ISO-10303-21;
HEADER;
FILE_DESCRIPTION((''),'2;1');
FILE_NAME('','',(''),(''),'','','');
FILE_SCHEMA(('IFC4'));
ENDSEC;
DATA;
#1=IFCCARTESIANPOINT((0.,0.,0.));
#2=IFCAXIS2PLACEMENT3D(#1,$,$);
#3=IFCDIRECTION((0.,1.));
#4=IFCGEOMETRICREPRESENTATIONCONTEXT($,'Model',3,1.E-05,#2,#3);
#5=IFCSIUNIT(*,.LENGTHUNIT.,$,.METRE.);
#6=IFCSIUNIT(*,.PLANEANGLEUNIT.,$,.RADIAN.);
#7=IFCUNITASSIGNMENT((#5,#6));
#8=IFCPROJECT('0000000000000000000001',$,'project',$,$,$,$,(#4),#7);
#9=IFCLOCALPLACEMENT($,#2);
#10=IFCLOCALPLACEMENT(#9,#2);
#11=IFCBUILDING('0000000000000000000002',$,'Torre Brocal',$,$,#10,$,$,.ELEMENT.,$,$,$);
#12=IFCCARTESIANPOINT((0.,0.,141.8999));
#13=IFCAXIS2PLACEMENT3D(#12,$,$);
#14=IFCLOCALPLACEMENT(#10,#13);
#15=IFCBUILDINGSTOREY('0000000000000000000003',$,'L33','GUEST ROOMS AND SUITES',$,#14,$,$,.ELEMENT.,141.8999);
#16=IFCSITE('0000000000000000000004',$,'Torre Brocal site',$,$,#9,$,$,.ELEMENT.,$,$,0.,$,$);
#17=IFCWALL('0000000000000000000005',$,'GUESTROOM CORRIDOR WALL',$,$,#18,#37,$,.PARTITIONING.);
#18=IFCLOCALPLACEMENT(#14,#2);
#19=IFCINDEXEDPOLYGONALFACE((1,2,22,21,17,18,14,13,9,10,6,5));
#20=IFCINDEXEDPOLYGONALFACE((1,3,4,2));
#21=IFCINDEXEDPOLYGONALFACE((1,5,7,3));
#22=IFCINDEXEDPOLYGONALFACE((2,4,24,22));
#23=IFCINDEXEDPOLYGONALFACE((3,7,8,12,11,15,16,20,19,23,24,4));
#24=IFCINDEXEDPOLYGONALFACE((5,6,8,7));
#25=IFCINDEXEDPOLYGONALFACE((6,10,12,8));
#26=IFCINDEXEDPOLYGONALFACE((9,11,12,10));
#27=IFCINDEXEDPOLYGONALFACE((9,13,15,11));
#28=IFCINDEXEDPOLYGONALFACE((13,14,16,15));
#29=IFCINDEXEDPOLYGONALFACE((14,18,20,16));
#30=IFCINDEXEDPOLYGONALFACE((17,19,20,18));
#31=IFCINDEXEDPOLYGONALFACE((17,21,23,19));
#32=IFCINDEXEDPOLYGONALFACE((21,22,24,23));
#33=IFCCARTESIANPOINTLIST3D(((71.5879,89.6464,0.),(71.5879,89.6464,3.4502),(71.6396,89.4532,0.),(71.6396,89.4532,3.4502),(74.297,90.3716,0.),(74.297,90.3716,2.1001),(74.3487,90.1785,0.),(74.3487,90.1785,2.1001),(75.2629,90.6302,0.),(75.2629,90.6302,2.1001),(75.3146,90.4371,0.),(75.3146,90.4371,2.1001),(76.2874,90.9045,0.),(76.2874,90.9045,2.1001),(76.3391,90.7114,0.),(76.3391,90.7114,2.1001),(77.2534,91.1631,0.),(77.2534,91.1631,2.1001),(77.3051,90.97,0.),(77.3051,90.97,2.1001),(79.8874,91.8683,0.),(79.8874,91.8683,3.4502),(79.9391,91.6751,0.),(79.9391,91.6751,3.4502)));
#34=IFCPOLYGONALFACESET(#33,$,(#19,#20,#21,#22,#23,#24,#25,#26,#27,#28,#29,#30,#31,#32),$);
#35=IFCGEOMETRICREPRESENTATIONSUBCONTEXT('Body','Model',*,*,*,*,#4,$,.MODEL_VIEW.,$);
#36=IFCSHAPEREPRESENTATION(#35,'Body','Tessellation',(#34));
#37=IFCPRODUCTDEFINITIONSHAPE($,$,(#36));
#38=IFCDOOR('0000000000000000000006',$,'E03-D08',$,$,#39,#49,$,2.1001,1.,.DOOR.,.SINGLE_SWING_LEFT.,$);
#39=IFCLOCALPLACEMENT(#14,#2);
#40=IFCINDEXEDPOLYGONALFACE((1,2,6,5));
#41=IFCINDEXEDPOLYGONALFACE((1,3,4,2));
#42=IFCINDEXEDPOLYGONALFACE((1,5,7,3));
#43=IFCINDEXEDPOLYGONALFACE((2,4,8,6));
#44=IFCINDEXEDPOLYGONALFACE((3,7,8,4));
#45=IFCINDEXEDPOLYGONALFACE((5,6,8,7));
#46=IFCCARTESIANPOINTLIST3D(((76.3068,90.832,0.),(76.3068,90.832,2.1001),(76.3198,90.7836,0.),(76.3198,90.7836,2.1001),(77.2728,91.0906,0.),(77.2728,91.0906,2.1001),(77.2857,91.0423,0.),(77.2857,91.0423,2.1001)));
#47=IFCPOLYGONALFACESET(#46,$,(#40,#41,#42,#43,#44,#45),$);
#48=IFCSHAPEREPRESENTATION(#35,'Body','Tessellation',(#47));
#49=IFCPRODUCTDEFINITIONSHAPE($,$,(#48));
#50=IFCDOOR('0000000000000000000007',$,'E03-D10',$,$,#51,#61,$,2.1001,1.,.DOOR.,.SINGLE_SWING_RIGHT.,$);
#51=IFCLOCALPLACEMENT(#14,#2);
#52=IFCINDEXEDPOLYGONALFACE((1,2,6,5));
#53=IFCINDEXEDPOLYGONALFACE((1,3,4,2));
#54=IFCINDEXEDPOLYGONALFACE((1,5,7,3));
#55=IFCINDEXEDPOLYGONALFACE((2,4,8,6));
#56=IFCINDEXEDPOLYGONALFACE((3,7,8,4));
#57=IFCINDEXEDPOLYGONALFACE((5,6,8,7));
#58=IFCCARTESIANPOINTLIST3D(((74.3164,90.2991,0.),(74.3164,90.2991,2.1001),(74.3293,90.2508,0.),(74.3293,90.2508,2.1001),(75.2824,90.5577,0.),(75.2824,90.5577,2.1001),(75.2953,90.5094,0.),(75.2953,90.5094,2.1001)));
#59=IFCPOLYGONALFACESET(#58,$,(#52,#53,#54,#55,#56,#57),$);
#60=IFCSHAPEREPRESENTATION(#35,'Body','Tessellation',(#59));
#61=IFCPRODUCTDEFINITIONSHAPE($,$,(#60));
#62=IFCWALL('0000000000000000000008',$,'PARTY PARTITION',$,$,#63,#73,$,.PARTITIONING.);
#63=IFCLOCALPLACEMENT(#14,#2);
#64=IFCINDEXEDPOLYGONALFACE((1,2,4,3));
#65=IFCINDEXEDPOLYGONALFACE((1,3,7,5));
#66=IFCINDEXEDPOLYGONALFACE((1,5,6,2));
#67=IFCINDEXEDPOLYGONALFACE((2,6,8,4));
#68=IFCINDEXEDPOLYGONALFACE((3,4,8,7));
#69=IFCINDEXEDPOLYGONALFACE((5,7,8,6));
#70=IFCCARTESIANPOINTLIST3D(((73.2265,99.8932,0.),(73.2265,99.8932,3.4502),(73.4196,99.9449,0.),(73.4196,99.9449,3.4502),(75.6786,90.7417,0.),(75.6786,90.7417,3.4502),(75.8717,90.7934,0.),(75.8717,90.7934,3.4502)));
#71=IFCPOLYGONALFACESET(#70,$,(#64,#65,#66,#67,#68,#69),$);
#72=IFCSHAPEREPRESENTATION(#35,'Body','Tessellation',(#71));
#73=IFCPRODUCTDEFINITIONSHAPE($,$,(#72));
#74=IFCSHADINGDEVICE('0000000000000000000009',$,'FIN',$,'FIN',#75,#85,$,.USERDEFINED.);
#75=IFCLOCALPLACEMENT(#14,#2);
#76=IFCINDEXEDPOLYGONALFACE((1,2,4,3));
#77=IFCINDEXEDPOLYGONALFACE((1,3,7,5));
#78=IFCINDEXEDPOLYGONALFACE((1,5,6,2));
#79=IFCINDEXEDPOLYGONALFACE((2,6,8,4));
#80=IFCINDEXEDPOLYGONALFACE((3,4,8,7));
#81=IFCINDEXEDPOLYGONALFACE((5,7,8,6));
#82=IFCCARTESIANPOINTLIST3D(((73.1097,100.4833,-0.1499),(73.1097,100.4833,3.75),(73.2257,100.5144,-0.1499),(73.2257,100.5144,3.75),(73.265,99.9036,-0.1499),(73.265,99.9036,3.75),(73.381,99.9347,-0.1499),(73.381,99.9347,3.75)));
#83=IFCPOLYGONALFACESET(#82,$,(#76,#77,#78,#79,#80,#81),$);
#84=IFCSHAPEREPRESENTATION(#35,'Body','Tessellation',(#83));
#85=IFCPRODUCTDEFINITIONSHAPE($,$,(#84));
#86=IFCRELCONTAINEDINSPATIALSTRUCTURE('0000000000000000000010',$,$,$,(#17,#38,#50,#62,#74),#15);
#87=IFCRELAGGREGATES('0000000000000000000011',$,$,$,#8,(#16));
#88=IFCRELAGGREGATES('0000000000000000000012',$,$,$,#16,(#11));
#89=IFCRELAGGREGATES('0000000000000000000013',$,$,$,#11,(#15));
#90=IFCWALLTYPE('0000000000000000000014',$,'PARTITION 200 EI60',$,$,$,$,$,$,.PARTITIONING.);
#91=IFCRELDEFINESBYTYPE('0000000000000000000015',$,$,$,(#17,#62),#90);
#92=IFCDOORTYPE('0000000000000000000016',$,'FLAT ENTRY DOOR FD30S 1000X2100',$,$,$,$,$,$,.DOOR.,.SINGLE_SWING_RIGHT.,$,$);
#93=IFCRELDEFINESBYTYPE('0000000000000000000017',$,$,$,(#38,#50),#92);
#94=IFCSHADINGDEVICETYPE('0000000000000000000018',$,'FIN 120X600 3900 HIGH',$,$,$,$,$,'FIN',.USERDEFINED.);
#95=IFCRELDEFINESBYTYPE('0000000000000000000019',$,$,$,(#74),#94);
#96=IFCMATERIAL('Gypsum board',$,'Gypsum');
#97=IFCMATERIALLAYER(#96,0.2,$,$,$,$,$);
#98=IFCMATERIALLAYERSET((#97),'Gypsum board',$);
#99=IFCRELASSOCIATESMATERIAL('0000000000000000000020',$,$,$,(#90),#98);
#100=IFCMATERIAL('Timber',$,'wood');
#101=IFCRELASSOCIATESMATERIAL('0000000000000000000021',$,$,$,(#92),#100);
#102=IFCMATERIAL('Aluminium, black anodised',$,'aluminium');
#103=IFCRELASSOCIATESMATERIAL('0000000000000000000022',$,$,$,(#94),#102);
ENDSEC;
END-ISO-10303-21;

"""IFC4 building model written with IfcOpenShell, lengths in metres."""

from ifc_helpers import new_model, si_unit, direction, frame, frame_2d, origin, origin_2d, place, context, subcontext, project, spatial, rectangle, extrude, material, layer, layer_set, material_profile, profile_set, type_object, element, fill, save


model = new_model("IFC4")

# Units and contexts
model_context = context("Model", 3, precision=1e-05, world=origin(), true_north=direction((0.0, 1.0)))
body_context = subcontext(model_context, "Body", "Model", "MODEL_VIEW")
ifc_project = project(units=[si_unit("LENGTHUNIT", "METRE"), si_unit("PLANEANGLEUNIT", "RADIAN")], contexts=[model_context])

# Site, building, storey
site_placement = place(None, origin())
site = spatial("IfcSite", under=ifc_project, at=site_placement, Name="Torre Brocal site", CompositionType="ELEMENT", RefElevation=0.0)
building_placement = place(site_placement, origin())
building = spatial("IfcBuilding", under=site, at=building_placement, Name="Torre Brocal", CompositionType="ELEMENT")
storey_placement = place(building_placement, frame((0.0, 0.0, 141.8999)))
storey = spatial("IfcBuildingStorey", under=building, at=storey_placement, Name="L33", Description="GUEST ROOMS AND SUITES", CompositionType="ELEMENT", Elevation=141.8999)

# Wall, openings, doors
ifc_material_1 = material(Name="Gypsum board", Category="Gypsum")
ifc_layer_1 = layer(ifc_material_1, 0.2)
ifc_layer_set_1 = layer_set([ifc_layer_1], Name="Gypsum board")
wall_type_1 = type_object("IfcWallType", Name="PARTITION 200 EI60", PredefinedType="PARTITIONING", material=ifc_layer_set_1)
wall_1_placement = place(storey_placement, frame((71.6138, 89.5498, 0.0), z_axis=(0.0, 0.0, 1.0), x_axis=(0.965982, 0.258609, 0.0)))
wall_1 = element("IfcWall", 1, at=wall_1_placement, inside=storey, type_object=wall_type_1, Name="GUESTROOM CORRIDOR WALL", PredefinedType="PARTITIONING", context=body_context, shape_type="SweptSolid", body=[
    extrude(rectangle(XDim=8.5918, YDim=0.2, at=frame_2d((4.2959, 0.0))), origin(), (0.0, 0.0, 1.0), 3.4502),
])
opening_1_placement = place(wall_1_placement, frame((4.865, 0.0, 0.0)))
opening_1 = element("IfcOpeningElement", 2, at=opening_1_placement, cuts=wall_1, PredefinedType="OPENING", context=body_context, shape_type="SweptSolid", body=[
    extrude(rectangle(XDim=1.0, YDim=2.1001, at=frame_2d((0.5, 1.05))), frame((0.0, 0.1099, 0.0), z_axis=(0.0, -1.0, 0.0), x_axis=(1.0, 0.0, 0.0)), (0.0, 0.0, 1.0), 0.22),
])
opening_2_placement = place(wall_1_placement, frame((2.8044, 0.0, 0.0)))
opening_2 = element("IfcOpeningElement", 3, at=opening_2_placement, cuts=wall_1, PredefinedType="OPENING", context=body_context, shape_type="SweptSolid", body=[
    extrude(rectangle(XDim=1.0, YDim=2.1001, at=frame_2d((0.5, 1.05))), frame((0.0, 0.1099, 0.0), z_axis=(0.0, -1.0, 0.0), x_axis=(1.0, 0.0, 0.0)), (0.0, 0.0, 1.0), 0.22),
])
ifc_material_2 = material(Name="Timber", Category="wood")
door_type_1 = type_object("IfcDoorType", Name="FLAT ENTRY DOOR FD30S 1000X2100", OperationType="SINGLE_SWING_RIGHT", PredefinedType="DOOR", material=ifc_material_2)
door_1_placement = place(opening_1_placement, origin())
door_1 = element("IfcDoor", 4, at=door_1_placement, inside=storey, type_object=door_type_1, Name="E03-D08", OperationType="SINGLE_SWING_LEFT", OverallHeight=2.1001, OverallWidth=1.0, PredefinedType="DOOR", context=body_context, shape_type="SweptSolid", body=[
    extrude(rectangle(XDim=1.0, YDim=2.1001, at=frame_2d((0.5, 1.05))), frame((0.0, 0.0249, 0.0), z_axis=(0.0, -1.0, 0.0), x_axis=(1.0, 0.0, 0.0)), (0.0, 0.0, 1.0), 0.05),
])
fill(opening_1, door_1)
door_2_placement = place(opening_2_placement, origin())
door_2 = element("IfcDoor", 5, at=door_2_placement, inside=storey, type_object=door_type_1, Name="E03-D10", OperationType="SINGLE_SWING_RIGHT", OverallHeight=2.1001, OverallWidth=1.0, PredefinedType="DOOR", context=body_context, shape_type="SweptSolid", body=[
    extrude(rectangle(XDim=1.0, YDim=2.1001, at=frame_2d((0.5, 1.05))), frame((0.0, 0.0249, 0.0), z_axis=(0.0, -1.0, 0.0), x_axis=(1.0, 0.0, 0.0)), (0.0, 0.0, 1.0), 0.05),
])
fill(opening_2, door_2)

# Wall
wall_2_placement = place(storey_placement, frame((73.323, 99.9192, 0.0), z_axis=(0.0, 0.0, 1.0), x_axis=(0.258817, -0.965926, 0.0)))
element("IfcWall", 6, at=wall_2_placement, inside=storey, type_object=wall_type_1, Name="PARTY PARTITION", PredefinedType="PARTITIONING", context=body_context, shape_type="SweptSolid", body=[
    extrude(rectangle(XDim=9.4744, YDim=0.2, at=frame_2d((4.7373, 0.0))), origin(), (0.0, 0.0, 1.0), 3.4502),
])

# Shading device
ifc_material_3 = material(Name="Aluminium, black anodised", Category="aluminium")
ifc_material_profile_1 = material_profile(ifc_material_3, rectangle(XDim=0.1201, YDim=0.6001, at=origin_2d()), Name="FIN 120X600 3900 HIGH")
ifc_profile_set_1 = profile_set([ifc_material_profile_1], Name="Aluminium, black anodised")
shading_device_type = type_object("IfcShadingDeviceType", Name="FIN 120X600 3900 HIGH", ElementType="FIN", PredefinedType="USERDEFINED", material=ifc_profile_set_1)
shading_device_placement = place(storey_placement, frame((73.2454, 100.209, -0.1499), z_axis=(0.0, 0.0, 1.0), x_axis=(-0.965926, -0.258819, 0.0)))
element("IfcShadingDevice", 7, at=shading_device_placement, inside=storey, type_object=shading_device_type, Name="FIN", ObjectType="FIN", PredefinedType="USERDEFINED", context=body_context, shape_type="SweptSolid", body=[
    extrude(rectangle(XDim=0.1201, YDim=0.6001, at=origin_2d()), origin(), (0.0, 0.0, 1.0), 3.8999),
])

save(model, "model.ifc")
